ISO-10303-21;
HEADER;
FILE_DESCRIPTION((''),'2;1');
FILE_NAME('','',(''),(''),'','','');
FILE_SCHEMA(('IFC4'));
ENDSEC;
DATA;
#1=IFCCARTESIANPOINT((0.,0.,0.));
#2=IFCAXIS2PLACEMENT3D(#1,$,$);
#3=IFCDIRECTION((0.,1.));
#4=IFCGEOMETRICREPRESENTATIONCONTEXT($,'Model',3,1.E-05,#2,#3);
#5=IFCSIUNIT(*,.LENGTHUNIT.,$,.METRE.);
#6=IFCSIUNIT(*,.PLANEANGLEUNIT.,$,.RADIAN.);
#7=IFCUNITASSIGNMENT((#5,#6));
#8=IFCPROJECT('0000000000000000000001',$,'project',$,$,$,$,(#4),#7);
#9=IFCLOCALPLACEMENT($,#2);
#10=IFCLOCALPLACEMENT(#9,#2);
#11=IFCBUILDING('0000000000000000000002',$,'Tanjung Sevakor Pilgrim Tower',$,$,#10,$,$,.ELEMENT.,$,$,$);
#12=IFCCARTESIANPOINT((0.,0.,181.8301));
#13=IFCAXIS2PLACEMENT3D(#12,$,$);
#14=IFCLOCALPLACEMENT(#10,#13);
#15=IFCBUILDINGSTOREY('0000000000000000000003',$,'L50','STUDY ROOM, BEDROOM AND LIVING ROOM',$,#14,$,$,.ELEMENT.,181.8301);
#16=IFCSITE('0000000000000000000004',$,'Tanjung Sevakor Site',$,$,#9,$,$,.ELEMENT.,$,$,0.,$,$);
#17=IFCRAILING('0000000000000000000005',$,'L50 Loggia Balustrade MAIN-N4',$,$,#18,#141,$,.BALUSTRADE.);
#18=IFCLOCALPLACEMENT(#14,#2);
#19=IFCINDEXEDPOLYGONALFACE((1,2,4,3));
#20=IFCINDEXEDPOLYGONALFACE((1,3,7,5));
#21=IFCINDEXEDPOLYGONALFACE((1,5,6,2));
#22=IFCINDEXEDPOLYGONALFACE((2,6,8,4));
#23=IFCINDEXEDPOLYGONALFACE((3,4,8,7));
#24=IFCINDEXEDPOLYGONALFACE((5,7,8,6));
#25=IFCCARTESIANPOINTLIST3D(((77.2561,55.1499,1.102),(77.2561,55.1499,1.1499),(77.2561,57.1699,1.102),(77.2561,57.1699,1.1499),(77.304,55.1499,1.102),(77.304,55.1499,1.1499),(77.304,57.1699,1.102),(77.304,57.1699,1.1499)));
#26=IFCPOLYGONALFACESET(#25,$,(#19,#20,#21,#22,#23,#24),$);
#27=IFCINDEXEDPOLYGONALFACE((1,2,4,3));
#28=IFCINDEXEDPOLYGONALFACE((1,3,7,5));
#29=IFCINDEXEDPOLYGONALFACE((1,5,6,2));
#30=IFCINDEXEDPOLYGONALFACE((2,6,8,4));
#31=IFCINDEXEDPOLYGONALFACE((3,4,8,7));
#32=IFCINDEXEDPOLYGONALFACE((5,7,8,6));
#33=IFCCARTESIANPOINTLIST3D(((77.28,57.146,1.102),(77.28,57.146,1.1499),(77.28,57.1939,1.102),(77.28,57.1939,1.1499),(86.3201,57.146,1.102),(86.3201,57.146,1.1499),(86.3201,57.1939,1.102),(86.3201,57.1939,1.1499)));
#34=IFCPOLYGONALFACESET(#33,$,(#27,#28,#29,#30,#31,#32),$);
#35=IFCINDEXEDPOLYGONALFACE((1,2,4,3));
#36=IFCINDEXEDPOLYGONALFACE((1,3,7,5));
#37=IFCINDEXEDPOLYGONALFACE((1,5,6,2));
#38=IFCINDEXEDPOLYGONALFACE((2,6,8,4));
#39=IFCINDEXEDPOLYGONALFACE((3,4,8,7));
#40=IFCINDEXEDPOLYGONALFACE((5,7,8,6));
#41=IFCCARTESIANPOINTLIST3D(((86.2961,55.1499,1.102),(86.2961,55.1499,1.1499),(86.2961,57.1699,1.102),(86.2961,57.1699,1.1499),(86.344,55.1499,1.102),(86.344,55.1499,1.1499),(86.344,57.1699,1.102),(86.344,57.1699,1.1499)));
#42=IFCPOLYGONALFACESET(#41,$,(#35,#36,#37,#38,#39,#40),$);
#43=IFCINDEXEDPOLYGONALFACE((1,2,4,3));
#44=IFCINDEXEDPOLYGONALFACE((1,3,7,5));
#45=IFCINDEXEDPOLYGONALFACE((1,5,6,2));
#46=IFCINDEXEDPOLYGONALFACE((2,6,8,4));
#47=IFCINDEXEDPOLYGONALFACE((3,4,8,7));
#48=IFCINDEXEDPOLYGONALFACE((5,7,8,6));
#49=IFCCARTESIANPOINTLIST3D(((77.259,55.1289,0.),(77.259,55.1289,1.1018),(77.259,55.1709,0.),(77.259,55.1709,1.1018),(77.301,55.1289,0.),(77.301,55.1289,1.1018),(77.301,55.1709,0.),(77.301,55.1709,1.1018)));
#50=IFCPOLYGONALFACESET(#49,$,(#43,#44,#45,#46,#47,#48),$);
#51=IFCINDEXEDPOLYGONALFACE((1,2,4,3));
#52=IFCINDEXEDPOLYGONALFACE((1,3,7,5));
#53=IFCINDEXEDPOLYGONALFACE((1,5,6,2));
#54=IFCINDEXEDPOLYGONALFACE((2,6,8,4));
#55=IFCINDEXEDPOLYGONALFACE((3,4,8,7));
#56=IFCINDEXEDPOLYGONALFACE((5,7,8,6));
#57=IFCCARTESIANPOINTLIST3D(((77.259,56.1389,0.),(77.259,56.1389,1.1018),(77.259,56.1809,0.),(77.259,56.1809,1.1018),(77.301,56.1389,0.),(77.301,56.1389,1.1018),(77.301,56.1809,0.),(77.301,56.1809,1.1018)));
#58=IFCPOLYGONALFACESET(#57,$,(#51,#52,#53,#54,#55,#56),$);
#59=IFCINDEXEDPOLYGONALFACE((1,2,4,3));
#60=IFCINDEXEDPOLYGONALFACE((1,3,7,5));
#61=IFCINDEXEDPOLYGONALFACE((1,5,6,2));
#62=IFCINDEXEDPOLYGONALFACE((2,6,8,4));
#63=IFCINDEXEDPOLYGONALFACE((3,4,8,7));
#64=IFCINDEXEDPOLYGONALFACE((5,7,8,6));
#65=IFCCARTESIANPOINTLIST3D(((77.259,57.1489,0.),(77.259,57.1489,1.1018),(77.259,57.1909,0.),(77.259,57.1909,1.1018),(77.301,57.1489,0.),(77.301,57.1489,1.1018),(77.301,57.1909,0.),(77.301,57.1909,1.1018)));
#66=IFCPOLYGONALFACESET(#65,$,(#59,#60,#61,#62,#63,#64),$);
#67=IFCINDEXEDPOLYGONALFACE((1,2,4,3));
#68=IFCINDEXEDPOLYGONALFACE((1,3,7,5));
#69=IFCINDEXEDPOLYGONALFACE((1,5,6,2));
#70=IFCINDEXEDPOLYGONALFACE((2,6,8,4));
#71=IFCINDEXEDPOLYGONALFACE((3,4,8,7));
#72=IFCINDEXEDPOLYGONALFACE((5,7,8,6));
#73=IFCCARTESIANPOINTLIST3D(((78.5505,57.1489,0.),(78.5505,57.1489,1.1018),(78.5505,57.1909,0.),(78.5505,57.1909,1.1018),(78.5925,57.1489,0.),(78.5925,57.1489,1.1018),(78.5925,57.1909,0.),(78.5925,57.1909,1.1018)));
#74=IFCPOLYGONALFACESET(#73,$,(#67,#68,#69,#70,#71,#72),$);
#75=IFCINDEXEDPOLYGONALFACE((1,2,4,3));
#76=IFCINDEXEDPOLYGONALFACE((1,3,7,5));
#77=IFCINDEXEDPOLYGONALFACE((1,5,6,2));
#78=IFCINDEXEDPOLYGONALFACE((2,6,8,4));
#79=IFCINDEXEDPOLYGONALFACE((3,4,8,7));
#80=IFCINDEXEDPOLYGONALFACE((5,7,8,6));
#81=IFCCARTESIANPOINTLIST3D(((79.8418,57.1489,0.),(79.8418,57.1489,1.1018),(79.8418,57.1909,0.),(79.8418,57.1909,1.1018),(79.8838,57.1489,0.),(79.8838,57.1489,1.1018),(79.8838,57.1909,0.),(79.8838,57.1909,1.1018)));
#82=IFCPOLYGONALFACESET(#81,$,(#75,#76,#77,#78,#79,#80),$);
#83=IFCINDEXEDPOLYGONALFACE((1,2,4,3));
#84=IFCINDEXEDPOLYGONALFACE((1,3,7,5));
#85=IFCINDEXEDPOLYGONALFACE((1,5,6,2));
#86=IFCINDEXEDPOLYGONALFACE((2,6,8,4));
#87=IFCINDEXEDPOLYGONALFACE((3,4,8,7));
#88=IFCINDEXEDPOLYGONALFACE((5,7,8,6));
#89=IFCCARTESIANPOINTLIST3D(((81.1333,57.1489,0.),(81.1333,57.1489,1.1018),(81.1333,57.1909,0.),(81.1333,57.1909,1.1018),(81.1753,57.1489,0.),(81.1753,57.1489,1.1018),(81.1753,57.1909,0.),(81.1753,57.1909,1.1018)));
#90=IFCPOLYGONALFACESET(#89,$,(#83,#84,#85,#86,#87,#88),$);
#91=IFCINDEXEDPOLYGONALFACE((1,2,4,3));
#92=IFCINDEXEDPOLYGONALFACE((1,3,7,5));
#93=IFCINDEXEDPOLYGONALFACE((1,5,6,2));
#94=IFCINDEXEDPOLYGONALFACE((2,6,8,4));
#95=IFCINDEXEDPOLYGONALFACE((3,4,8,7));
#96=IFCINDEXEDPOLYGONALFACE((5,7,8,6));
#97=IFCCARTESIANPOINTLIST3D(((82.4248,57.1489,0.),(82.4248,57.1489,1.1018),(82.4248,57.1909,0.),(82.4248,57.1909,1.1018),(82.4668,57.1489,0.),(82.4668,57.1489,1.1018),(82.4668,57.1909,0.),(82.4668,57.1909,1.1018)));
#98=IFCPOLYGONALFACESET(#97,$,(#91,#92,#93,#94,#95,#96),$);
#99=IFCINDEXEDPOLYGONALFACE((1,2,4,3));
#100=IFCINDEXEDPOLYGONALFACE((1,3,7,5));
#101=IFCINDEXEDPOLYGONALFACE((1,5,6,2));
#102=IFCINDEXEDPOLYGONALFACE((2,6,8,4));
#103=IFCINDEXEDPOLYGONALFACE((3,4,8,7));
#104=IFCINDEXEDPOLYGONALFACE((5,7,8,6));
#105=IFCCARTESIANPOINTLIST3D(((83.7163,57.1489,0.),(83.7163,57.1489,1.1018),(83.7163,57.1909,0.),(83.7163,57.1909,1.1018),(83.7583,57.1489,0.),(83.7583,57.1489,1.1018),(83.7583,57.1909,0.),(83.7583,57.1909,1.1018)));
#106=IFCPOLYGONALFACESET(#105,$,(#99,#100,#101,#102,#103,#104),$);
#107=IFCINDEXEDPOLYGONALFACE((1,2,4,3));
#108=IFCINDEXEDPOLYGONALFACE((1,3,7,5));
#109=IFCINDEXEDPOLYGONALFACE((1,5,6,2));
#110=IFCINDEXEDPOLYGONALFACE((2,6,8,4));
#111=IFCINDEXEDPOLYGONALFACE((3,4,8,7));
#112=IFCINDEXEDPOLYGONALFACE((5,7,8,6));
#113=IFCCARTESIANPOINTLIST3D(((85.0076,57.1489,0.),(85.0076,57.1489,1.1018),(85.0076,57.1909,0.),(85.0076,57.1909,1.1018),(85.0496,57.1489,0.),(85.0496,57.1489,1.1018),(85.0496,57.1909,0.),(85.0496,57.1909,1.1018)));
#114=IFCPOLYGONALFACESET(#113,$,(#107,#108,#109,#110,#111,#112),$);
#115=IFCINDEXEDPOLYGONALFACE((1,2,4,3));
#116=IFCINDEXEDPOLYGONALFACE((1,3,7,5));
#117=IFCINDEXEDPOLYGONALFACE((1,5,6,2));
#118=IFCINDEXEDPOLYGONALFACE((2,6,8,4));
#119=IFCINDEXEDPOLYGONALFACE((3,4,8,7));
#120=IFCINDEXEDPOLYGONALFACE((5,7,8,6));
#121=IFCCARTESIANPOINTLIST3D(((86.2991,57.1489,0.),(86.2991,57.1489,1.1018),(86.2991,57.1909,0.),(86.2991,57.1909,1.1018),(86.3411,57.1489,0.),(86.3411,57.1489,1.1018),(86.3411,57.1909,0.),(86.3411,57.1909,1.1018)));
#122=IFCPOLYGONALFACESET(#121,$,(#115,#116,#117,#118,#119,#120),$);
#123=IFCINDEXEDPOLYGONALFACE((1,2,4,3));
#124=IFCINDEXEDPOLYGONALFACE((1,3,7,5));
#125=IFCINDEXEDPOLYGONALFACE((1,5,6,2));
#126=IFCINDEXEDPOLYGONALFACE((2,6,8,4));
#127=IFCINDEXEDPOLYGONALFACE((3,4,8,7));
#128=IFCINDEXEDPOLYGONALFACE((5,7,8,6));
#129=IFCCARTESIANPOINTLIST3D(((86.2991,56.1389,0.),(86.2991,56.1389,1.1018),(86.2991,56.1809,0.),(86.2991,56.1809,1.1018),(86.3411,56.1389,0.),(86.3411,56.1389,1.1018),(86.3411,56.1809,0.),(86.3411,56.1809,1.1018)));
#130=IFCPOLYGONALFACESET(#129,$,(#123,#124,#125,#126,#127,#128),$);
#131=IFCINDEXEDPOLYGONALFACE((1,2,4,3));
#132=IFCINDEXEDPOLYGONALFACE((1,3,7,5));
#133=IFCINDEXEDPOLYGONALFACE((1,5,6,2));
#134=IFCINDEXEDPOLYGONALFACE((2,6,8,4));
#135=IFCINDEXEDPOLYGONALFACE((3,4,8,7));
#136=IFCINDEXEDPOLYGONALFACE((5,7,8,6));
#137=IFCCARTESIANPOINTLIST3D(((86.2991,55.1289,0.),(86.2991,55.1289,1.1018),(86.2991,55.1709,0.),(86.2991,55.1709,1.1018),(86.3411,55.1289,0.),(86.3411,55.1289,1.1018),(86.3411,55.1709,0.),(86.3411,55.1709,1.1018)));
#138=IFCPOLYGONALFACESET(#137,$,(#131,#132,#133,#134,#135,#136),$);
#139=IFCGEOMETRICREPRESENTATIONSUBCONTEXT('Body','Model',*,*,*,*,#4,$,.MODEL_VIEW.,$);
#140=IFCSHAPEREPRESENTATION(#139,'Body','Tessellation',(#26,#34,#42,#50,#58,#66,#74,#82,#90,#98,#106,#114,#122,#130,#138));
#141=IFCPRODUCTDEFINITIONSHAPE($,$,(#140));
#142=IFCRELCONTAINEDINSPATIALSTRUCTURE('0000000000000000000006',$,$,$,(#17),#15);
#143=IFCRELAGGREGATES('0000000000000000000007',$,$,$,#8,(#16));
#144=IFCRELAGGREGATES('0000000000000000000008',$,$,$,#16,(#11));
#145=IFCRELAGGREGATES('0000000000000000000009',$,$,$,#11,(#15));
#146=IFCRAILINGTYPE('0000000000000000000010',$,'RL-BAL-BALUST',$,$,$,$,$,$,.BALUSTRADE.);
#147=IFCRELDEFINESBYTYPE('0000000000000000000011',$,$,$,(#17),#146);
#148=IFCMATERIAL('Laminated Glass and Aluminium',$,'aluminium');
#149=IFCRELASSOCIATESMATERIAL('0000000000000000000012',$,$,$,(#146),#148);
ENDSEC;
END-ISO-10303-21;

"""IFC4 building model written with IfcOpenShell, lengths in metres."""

from ifc_helpers import new_model, si_unit, direction, frame, origin, place, context, subcontext, project, spatial, rectangle, extrude, material, type_object, element, save


model = new_model("IFC4")

# Units and contexts
model_context = context("Model", 3, precision=1e-05, world=origin(), true_north=direction((0.0, 1.0)))
body_context = subcontext(model_context, "Body", "Model", "MODEL_VIEW")
ifc_project = project(units=[si_unit("LENGTHUNIT", "METRE"), si_unit("PLANEANGLEUNIT", "RADIAN")], contexts=[model_context])

# Site, building, storey
site_placement = place(None, origin())
site = spatial("IfcSite", under=ifc_project, at=site_placement, Name="Tanjung Sevakor Site", CompositionType="ELEMENT", RefElevation=0.0)
building_placement = place(site_placement, origin())
building = spatial("IfcBuilding", under=site, at=building_placement, Name="Tanjung Sevakor Pilgrim Tower", CompositionType="ELEMENT")
storey_placement = place(building_placement, frame((0.0, 0.0, 181.8301)))
storey = spatial("IfcBuildingStorey", under=building, at=storey_placement, Name="L50", Description="STUDY ROOM, BEDROOM AND LIVING ROOM", CompositionType="ELEMENT", Elevation=181.8301)

# Railing
ifc_material_1 = material(Name="Laminated Glass and Aluminium", Category="aluminium")
railing_type = type_object("IfcRailingType", Name="RL-BAL-BALUST", PredefinedType="BALUSTRADE", material=ifc_material_1)
railing_1_placement = place(storey_placement, frame((77.28, 55.1499, 0.0)))
element("IfcRailing", 1, at=railing_1_placement, inside=storey, type_object=railing_type, Name="L50 Loggia Balustrade MAIN-N4", PredefinedType="BALUSTRADE", context=body_context, shape_type="SweptSolid", body=[
    extrude(rectangle(XDim=0.0479, YDim=0.0479), frame((0.0, 0.0, 1.126), z_axis=(0.0, 1.0, 0.0), x_axis=(-1.0, 0.0, 0.0)), (0.0, 0.0, 1.0), 2.02),
    extrude(rectangle(XDim=0.0479, YDim=0.0479), frame((0.0, 2.02, 1.126), z_axis=(1.0, 0.0, 0.0), x_axis=(0.0, 1.0, 0.0)), (0.0, 0.0, 1.0), 9.04),
    extrude(rectangle(XDim=0.0479, YDim=0.0479), frame((9.04, 2.02, 1.126), z_axis=(0.0, -1.0, 0.0), x_axis=(1.0, 0.0, 0.0)), (0.0, 0.0, 1.0), 2.02),
    extrude(rectangle(XDim=0.042, YDim=0.042), origin(), (0.0, 0.0, 1.0), 1.1018),
    extrude(rectangle(XDim=0.042, YDim=0.042), frame((0.0, 1.01, 0.0)), (0.0, 0.0, 1.0), 1.1018),
    extrude(rectangle(XDim=0.042, YDim=0.042), frame((0.0, 2.02, 0.0)), (0.0, 0.0, 1.0), 1.1018),
    extrude(rectangle(XDim=0.042, YDim=0.042), frame((1.2915, 2.02, 0.0)), (0.0, 0.0, 1.0), 1.1018),
    extrude(rectangle(XDim=0.042, YDim=0.042), frame((2.5828, 2.02, 0.0)), (0.0, 0.0, 1.0), 1.1018),
    extrude(rectangle(XDim=0.042, YDim=0.042), frame((3.8743, 2.02, 0.0)), (0.0, 0.0, 1.0), 1.1018),
    extrude(rectangle(XDim=0.042, YDim=0.042), frame((5.1658, 2.02, 0.0)), (0.0, 0.0, 1.0), 1.1018),
    extrude(rectangle(XDim=0.042, YDim=0.042), frame((6.4573, 2.02, 0.0)), (0.0, 0.0, 1.0), 1.1018),
    extrude(rectangle(XDim=0.042, YDim=0.042), frame((7.7485, 2.02, 0.0)), (0.0, 0.0, 1.0), 1.1018),
    extrude(rectangle(XDim=0.042, YDim=0.042), frame((9.04, 2.02, 0.0)), (0.0, 0.0, 1.0), 1.1018),
    extrude(rectangle(XDim=0.042, YDim=0.042), frame((9.04, 1.01, 0.0)), (0.0, 0.0, 1.0), 1.1018),
    extrude(rectangle(XDim=0.042, YDim=0.042), frame((9.04, 0.0, 0.0)), (0.0, 0.0, 1.0), 1.1018),
])

save(model, "model.ifc")
